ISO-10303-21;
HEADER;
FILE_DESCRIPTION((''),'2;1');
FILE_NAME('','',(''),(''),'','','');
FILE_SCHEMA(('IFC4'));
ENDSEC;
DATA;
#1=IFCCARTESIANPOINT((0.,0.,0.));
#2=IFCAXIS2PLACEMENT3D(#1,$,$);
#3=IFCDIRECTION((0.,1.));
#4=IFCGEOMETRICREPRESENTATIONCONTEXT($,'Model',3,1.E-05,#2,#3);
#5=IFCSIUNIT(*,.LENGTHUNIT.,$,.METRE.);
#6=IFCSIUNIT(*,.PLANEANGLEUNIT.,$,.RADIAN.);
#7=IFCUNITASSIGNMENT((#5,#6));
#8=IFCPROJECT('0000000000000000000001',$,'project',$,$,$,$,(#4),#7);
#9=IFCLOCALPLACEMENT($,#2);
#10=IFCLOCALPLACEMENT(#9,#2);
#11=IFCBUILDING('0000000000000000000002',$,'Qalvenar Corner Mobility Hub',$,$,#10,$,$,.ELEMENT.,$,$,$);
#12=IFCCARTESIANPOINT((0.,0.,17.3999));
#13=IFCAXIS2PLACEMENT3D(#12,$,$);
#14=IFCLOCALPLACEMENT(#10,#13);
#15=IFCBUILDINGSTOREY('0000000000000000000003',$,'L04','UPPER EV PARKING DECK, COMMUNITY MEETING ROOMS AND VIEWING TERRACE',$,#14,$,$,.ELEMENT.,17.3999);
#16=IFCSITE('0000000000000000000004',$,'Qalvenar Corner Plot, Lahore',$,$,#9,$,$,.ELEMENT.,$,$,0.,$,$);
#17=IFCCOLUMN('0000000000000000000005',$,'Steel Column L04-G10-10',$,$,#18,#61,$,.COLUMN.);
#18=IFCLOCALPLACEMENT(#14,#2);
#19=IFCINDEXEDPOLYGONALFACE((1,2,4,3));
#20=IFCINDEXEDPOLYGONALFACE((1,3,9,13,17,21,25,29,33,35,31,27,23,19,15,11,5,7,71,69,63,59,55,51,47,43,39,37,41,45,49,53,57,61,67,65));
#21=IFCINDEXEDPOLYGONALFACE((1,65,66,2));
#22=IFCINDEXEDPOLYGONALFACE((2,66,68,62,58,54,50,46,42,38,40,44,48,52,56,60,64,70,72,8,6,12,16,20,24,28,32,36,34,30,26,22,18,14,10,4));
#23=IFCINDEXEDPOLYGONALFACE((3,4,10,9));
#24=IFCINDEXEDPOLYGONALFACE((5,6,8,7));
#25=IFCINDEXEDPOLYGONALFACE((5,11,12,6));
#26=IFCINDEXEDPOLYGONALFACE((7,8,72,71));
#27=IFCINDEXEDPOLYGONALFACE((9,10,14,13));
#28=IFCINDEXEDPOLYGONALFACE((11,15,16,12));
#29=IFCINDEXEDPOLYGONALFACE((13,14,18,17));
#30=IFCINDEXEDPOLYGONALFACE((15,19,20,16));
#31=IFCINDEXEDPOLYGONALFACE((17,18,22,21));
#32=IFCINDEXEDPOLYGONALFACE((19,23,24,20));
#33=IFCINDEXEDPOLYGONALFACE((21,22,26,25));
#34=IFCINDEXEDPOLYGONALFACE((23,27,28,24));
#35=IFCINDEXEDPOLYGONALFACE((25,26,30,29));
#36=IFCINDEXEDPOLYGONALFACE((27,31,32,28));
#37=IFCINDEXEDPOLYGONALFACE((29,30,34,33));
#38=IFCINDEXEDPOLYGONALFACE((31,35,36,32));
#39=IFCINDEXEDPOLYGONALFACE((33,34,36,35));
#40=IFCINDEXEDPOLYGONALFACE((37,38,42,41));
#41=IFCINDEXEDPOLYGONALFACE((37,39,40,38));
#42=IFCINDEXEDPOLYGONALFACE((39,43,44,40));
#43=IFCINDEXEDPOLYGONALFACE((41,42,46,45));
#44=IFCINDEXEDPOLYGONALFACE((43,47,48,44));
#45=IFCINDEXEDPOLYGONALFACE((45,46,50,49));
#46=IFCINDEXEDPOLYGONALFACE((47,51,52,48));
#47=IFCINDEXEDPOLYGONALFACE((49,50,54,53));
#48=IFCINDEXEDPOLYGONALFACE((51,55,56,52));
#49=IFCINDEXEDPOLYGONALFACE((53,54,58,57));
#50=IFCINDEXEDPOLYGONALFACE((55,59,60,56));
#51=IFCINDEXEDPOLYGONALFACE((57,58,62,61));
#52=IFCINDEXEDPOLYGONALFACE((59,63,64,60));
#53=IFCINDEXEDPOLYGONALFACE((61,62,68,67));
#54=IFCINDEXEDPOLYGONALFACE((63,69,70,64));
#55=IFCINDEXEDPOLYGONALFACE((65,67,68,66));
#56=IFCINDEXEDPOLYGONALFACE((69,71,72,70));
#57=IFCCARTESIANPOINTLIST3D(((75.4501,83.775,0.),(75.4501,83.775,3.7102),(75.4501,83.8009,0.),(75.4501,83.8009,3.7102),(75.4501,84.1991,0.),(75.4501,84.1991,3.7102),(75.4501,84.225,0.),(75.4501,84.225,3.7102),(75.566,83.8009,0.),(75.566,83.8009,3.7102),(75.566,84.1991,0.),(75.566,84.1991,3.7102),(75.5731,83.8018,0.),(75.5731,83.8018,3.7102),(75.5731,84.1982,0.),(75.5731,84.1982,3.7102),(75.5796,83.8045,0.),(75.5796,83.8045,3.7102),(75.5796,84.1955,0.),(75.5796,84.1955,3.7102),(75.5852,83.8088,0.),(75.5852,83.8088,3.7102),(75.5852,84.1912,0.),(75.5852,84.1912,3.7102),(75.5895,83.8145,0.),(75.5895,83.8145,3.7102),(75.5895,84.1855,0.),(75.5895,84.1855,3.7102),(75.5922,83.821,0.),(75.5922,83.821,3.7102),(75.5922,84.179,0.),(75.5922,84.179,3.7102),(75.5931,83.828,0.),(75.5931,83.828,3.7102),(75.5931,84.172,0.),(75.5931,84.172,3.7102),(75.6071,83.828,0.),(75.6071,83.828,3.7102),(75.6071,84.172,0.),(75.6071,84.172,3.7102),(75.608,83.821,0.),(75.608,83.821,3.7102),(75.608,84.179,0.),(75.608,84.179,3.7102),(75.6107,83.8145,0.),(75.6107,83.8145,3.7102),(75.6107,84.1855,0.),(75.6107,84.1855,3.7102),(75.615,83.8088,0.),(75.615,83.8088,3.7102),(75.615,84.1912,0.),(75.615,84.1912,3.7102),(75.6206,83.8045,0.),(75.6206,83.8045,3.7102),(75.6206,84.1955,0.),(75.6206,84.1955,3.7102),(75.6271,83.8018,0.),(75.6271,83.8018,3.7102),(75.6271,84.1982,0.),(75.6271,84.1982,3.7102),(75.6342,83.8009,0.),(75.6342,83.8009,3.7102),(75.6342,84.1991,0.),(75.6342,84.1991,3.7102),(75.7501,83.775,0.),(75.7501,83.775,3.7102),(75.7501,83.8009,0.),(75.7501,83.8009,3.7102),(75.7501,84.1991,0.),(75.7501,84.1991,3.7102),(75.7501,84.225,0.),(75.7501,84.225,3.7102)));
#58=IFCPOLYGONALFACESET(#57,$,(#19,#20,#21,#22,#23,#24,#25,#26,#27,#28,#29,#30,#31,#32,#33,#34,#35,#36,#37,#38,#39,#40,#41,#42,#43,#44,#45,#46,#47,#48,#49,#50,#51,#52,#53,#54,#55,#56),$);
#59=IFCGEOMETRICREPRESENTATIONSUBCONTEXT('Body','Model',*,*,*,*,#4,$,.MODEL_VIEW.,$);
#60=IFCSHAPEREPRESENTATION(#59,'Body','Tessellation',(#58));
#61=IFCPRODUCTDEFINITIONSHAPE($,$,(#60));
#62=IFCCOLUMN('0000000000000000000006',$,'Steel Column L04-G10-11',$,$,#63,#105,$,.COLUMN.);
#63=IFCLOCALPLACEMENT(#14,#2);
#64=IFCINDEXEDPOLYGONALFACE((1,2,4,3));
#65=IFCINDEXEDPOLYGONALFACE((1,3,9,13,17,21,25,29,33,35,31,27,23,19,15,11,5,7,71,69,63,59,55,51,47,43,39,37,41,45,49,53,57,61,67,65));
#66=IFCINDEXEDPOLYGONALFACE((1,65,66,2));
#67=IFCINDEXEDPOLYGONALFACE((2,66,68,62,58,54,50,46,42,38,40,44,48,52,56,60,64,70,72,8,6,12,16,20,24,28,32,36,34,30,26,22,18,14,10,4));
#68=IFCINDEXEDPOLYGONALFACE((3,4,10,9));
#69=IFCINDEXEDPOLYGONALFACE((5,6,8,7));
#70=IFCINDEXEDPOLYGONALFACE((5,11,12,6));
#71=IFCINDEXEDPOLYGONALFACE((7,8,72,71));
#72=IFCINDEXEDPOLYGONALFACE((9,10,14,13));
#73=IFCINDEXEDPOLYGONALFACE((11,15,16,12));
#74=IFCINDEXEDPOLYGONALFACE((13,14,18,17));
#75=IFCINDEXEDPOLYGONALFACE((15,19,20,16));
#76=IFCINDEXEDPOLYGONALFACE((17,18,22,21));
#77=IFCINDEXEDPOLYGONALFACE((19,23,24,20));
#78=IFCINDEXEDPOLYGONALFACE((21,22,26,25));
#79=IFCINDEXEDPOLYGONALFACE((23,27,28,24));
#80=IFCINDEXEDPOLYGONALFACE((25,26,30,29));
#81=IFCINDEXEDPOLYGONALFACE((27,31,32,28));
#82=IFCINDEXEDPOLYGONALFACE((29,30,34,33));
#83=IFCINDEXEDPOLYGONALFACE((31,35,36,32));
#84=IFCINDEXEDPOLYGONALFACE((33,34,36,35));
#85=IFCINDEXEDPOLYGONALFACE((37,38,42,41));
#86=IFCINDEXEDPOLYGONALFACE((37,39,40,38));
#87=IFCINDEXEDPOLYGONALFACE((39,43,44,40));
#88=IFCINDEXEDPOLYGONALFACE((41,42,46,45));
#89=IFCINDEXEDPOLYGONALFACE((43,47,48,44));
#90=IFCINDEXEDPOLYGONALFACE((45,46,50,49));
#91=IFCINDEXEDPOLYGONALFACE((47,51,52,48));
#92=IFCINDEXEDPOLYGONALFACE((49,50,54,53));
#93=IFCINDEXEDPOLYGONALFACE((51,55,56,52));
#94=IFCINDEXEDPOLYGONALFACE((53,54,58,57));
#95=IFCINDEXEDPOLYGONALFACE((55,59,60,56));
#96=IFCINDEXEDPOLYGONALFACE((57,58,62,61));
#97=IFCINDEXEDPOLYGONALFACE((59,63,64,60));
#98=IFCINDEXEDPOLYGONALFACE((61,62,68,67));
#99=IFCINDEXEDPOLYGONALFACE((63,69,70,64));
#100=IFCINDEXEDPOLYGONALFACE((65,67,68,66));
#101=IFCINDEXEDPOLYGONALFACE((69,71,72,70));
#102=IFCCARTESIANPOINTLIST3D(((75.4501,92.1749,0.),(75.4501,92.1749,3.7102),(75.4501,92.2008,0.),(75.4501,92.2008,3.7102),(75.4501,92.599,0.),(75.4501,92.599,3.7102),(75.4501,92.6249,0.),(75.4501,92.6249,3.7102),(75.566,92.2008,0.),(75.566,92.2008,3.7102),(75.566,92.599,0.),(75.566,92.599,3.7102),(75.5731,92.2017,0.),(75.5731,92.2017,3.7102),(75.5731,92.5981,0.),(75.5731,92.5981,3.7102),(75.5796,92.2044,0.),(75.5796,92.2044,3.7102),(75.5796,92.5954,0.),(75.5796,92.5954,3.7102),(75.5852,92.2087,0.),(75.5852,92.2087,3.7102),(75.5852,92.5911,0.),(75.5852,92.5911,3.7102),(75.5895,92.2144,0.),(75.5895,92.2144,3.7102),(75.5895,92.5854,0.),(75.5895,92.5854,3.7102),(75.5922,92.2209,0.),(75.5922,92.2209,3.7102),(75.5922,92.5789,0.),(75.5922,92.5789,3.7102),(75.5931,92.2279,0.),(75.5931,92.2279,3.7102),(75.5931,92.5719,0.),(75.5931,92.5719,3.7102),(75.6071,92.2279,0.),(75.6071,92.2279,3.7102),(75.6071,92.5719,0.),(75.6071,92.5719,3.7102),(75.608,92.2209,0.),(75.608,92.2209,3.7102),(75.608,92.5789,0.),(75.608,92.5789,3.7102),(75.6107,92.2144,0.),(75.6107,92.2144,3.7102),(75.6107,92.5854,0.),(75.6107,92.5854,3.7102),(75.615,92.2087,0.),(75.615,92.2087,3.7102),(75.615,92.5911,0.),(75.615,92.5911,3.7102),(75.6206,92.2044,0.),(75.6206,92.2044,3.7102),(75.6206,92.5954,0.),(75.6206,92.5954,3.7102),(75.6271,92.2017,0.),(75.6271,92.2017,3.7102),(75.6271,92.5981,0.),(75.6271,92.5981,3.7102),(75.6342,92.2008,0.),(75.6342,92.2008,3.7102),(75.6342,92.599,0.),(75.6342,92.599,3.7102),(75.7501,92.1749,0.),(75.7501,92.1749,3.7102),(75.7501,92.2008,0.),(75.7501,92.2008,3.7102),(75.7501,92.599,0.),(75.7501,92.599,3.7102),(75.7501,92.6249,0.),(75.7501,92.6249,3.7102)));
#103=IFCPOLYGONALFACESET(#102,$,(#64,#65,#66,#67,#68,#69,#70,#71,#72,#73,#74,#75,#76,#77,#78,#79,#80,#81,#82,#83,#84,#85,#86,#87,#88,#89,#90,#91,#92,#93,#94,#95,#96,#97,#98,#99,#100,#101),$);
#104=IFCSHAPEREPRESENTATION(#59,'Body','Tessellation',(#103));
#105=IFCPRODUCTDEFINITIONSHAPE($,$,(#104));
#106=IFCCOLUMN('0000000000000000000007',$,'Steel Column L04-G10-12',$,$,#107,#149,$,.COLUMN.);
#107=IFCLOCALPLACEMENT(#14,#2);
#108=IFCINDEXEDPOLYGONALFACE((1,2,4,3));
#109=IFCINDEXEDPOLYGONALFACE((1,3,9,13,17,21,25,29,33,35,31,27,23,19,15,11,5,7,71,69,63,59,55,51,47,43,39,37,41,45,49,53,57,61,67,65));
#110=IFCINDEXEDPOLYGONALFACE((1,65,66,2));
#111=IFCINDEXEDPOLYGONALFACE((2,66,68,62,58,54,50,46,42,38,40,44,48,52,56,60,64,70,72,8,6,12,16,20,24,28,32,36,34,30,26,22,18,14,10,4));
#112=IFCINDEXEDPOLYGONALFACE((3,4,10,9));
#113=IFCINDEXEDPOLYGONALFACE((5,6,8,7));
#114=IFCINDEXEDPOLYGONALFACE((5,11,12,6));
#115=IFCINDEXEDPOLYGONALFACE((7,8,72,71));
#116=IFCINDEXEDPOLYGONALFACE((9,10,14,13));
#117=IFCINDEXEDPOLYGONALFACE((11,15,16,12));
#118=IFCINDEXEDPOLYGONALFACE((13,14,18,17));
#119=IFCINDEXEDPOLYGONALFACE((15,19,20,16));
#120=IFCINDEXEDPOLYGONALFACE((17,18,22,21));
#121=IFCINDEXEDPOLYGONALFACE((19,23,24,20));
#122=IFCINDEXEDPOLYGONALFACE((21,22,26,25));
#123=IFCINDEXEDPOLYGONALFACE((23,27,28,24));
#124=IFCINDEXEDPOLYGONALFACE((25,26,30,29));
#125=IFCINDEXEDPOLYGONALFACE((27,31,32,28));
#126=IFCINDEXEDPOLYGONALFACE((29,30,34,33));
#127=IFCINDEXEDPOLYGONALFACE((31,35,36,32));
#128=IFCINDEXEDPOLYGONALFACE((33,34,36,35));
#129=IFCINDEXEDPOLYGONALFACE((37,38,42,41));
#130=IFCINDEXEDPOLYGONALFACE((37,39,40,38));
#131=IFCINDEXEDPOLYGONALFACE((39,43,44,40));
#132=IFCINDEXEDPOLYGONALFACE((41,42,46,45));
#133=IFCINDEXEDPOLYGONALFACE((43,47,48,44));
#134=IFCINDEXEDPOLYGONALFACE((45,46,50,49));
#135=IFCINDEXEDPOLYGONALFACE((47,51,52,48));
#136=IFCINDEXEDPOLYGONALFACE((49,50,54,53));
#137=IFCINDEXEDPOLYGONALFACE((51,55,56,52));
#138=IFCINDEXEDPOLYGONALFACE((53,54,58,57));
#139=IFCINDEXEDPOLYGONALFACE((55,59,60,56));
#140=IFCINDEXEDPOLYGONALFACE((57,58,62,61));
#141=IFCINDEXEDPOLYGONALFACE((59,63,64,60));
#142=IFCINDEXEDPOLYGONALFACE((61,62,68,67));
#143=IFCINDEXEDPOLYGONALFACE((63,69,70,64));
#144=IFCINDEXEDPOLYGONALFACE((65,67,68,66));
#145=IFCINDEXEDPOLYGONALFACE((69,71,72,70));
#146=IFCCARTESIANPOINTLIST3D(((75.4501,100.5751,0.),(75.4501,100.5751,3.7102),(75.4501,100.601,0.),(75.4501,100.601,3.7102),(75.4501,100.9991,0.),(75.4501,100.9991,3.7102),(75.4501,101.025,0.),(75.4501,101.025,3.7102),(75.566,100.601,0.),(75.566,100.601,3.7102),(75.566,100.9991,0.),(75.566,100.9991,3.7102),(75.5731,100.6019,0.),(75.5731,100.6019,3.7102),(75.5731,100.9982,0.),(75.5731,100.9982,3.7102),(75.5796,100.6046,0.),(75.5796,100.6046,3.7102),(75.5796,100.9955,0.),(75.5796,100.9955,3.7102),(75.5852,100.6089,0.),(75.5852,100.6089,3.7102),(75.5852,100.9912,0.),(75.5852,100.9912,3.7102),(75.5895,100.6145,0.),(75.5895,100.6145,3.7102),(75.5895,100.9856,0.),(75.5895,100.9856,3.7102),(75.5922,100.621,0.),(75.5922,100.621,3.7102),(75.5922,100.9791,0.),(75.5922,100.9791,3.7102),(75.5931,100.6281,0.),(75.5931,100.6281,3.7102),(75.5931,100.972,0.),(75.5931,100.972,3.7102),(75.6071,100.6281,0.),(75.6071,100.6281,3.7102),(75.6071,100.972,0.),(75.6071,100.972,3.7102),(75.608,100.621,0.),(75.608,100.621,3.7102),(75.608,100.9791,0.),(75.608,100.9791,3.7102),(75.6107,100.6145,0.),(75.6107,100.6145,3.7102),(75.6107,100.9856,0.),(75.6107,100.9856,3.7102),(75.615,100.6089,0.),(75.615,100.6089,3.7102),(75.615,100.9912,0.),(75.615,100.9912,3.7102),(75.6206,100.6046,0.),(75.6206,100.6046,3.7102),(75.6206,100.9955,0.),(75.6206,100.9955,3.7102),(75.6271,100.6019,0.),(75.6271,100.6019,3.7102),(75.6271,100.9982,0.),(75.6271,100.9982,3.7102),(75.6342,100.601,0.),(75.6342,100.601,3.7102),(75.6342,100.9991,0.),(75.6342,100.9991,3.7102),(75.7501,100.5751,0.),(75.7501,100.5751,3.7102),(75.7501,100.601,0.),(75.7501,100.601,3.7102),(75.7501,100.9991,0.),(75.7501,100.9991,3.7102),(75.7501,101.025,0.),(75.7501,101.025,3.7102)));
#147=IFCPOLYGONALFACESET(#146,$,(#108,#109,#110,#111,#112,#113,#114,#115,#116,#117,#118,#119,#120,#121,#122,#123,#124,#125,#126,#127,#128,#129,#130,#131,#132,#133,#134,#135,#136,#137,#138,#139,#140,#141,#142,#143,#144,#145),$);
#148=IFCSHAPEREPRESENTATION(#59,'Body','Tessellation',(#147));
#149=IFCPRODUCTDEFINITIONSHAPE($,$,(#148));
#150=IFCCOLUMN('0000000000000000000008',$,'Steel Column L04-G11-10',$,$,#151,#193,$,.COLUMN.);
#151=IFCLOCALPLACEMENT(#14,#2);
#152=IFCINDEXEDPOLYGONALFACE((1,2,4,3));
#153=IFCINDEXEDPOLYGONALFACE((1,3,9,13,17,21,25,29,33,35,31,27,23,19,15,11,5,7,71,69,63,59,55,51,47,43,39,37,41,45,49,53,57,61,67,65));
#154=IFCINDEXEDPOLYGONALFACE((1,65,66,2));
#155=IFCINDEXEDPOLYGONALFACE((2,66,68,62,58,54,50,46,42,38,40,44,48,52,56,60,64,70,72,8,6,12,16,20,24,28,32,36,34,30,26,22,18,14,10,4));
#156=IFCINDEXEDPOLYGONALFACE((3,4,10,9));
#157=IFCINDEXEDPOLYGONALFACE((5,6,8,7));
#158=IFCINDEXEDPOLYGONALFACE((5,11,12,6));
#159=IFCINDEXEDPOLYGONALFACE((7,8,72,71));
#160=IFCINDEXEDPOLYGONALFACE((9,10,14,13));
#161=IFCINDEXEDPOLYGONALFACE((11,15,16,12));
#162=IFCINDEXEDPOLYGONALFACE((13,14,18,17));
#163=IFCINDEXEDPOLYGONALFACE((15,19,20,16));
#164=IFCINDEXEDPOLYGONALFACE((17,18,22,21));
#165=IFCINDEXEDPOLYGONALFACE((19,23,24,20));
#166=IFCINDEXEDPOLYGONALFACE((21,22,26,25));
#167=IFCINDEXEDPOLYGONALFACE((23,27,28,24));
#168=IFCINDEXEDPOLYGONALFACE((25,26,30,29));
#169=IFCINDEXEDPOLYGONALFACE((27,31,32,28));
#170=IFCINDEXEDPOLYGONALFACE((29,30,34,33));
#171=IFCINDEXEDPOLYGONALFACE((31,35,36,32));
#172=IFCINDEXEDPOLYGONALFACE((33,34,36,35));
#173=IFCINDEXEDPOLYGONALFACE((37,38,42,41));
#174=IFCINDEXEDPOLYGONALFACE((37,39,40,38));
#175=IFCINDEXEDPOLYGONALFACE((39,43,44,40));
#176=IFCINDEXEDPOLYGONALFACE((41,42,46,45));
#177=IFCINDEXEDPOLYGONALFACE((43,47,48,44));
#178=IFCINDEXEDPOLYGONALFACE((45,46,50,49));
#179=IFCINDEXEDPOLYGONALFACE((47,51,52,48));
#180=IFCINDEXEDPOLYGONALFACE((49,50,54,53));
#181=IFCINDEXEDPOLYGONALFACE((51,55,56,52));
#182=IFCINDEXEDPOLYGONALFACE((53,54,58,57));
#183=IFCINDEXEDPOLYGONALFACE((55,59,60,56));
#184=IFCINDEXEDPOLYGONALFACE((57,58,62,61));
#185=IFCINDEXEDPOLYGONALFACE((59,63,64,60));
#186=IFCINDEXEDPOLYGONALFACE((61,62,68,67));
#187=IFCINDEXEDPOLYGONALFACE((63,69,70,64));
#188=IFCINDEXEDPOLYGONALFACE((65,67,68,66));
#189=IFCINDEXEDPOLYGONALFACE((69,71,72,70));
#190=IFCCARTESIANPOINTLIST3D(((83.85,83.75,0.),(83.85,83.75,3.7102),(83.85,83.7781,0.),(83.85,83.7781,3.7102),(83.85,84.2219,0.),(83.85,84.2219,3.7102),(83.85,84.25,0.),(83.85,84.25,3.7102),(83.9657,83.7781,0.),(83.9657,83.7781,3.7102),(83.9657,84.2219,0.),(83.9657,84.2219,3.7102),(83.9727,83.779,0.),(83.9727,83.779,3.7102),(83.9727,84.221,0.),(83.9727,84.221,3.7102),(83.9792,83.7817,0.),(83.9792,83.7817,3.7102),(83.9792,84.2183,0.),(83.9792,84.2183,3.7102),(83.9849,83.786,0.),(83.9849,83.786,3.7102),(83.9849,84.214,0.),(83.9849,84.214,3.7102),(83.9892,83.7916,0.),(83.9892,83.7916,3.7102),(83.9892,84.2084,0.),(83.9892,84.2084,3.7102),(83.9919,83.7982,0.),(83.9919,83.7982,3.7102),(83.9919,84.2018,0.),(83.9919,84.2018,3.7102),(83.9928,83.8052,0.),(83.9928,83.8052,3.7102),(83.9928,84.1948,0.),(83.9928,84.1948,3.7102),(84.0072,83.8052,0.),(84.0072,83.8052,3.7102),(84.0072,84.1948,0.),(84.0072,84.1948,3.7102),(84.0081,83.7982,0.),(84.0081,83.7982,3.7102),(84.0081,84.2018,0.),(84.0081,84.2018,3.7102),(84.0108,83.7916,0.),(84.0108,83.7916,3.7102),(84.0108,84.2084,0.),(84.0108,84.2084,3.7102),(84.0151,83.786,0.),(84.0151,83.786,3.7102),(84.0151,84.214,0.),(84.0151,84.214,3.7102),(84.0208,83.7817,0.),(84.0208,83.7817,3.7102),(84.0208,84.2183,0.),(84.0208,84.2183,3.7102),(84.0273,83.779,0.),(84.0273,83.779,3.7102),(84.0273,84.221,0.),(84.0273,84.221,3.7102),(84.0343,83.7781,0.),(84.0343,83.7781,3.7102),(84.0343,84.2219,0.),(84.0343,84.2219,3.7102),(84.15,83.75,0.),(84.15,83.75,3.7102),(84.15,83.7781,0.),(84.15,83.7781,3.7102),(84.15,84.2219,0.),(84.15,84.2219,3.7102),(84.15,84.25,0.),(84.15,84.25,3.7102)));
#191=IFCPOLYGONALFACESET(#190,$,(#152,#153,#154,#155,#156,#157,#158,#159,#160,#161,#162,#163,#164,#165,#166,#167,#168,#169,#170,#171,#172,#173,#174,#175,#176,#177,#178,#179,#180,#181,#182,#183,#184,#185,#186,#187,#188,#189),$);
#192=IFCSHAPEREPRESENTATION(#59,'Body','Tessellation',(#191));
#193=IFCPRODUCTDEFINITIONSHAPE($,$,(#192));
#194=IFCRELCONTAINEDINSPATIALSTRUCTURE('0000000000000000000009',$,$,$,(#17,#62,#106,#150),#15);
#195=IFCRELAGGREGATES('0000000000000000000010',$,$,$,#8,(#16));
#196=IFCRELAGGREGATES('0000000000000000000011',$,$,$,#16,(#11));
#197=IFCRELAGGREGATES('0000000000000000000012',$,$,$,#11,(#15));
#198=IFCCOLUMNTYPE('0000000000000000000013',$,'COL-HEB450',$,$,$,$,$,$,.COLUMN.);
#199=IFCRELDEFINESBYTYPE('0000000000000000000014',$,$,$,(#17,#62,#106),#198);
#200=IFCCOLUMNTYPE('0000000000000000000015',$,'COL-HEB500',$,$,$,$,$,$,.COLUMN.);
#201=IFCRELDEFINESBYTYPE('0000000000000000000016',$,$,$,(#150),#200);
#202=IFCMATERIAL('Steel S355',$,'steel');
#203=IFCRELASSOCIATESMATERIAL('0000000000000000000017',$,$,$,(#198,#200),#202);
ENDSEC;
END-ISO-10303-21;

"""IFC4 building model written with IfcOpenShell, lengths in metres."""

from ifc_helpers import new_model, si_unit, direction, frame, origin, origin_2d, place, context, subcontext, project, spatial, i_section, extrude, material, material_profile, profile_set, type_object, element, save


model = new_model("IFC4")

# Units and contexts
model_context = context("Model", 3, precision=1e-05, world=origin(), true_north=direction((0.0, 1.0)))
body_context = subcontext(model_context, "Body", "Model", "MODEL_VIEW")
ifc_project = project(units=[si_unit("LENGTHUNIT", "METRE"), si_unit("PLANEANGLEUNIT", "RADIAN")], contexts=[model_context])

# Site, building, storey
site_placement = place(None, origin())
site = spatial("IfcSite", under=ifc_project, at=site_placement, Name="Qalvenar Corner Plot, Lahore", CompositionType="ELEMENT", RefElevation=0.0)
building_placement = place(site_placement, origin())
building = spatial("IfcBuilding", under=site, at=building_placement, Name="Qalvenar Corner Mobility Hub", CompositionType="ELEMENT")
storey_placement = place(building_placement, frame((0.0, 0.0, 17.3999)))
storey = spatial("IfcBuildingStorey", under=building, at=storey_placement, Name="L04", Description="UPPER EV PARKING DECK, COMMUNITY MEETING ROOMS AND VIEWING TERRACE", CompositionType="ELEMENT", Elevation=17.3999)

# Columns
ifc_material_1 = material(Name="Steel S355", Category="steel")
ifc_material_profile_1 = material_profile(ifc_material_1, i_section(OverallWidth=0.3, OverallDepth=0.45, WebThickness=0.0139, FlangeThickness=0.0259, FilletRadius=0.0271, at=origin_2d()), Name="HEB450")
ifc_profile_set_1 = profile_set([ifc_material_profile_1], Name="Steel S355")
column_type_1 = type_object("IfcColumnType", Name="COL-HEB450", PredefinedType="COLUMN", material=ifc_profile_set_1)
for number, where, z_axis, x_axis, name in (
    (1, (75.6001, 84.0, 0.0), (0.0, 0.0, 1.0), (1.0, 0.0, 0.0), "Steel Column L04-G10-10"),
    (2, (75.6001, 92.3999, 0.0), (0.0, 0.0, 1.0), (1.0, 0.0, 0.0), "Steel Column L04-G10-11"),
    (3, (75.6001, 100.8, 0.0), (0.0, 0.0, 1.0), (1.0, 0.0, 0.0), "Steel Column L04-G10-12"),
):
    element("IfcColumn", number, at=place(storey_placement, frame(where, z_axis=z_axis, x_axis=x_axis)), inside=storey, type_object=column_type_1, Name=name, PredefinedType="COLUMN", context=body_context, shape_type="SweptSolid", body=[
        extrude(i_section(OverallWidth=0.3, OverallDepth=0.45, WebThickness=0.0139, FlangeThickness=0.0259, FilletRadius=0.0271, at=origin_2d()), origin(), (0.0, 0.0, 1.0), 3.7102),
    ])
ifc_material_profile_2 = material_profile(ifc_material_1, i_section(OverallWidth=0.3, OverallDepth=0.5, WebThickness=0.0144, FlangeThickness=0.0281, FilletRadius=0.0271, at=origin_2d()), Name="HEB500")
ifc_profile_set_2 = profile_set([ifc_material_profile_2], Name="Steel S355")
column_type_2 = type_object("IfcColumnType", Name="COL-HEB500", PredefinedType="COLUMN", material=ifc_profile_set_2)
for number, where, z_axis, x_axis, name in (
    (4, (84.0, 84.0, 0.0), (0.0, 0.0, 1.0), (1.0, 0.0, 0.0), "Steel Column L04-G11-10"),
):
    element("IfcColumn", number, at=place(storey_placement, frame(where, z_axis=z_axis, x_axis=x_axis)), inside=storey, type_object=column_type_2, Name=name, PredefinedType="COLUMN", context=body_context, shape_type="SweptSolid", body=[
        extrude(i_section(OverallWidth=0.3, OverallDepth=0.5, WebThickness=0.0144, FlangeThickness=0.0281, FilletRadius=0.0271, at=origin_2d()), origin(), (0.0, 0.0, 1.0), 3.7102),
    ])

save(model, "model.ifc")
